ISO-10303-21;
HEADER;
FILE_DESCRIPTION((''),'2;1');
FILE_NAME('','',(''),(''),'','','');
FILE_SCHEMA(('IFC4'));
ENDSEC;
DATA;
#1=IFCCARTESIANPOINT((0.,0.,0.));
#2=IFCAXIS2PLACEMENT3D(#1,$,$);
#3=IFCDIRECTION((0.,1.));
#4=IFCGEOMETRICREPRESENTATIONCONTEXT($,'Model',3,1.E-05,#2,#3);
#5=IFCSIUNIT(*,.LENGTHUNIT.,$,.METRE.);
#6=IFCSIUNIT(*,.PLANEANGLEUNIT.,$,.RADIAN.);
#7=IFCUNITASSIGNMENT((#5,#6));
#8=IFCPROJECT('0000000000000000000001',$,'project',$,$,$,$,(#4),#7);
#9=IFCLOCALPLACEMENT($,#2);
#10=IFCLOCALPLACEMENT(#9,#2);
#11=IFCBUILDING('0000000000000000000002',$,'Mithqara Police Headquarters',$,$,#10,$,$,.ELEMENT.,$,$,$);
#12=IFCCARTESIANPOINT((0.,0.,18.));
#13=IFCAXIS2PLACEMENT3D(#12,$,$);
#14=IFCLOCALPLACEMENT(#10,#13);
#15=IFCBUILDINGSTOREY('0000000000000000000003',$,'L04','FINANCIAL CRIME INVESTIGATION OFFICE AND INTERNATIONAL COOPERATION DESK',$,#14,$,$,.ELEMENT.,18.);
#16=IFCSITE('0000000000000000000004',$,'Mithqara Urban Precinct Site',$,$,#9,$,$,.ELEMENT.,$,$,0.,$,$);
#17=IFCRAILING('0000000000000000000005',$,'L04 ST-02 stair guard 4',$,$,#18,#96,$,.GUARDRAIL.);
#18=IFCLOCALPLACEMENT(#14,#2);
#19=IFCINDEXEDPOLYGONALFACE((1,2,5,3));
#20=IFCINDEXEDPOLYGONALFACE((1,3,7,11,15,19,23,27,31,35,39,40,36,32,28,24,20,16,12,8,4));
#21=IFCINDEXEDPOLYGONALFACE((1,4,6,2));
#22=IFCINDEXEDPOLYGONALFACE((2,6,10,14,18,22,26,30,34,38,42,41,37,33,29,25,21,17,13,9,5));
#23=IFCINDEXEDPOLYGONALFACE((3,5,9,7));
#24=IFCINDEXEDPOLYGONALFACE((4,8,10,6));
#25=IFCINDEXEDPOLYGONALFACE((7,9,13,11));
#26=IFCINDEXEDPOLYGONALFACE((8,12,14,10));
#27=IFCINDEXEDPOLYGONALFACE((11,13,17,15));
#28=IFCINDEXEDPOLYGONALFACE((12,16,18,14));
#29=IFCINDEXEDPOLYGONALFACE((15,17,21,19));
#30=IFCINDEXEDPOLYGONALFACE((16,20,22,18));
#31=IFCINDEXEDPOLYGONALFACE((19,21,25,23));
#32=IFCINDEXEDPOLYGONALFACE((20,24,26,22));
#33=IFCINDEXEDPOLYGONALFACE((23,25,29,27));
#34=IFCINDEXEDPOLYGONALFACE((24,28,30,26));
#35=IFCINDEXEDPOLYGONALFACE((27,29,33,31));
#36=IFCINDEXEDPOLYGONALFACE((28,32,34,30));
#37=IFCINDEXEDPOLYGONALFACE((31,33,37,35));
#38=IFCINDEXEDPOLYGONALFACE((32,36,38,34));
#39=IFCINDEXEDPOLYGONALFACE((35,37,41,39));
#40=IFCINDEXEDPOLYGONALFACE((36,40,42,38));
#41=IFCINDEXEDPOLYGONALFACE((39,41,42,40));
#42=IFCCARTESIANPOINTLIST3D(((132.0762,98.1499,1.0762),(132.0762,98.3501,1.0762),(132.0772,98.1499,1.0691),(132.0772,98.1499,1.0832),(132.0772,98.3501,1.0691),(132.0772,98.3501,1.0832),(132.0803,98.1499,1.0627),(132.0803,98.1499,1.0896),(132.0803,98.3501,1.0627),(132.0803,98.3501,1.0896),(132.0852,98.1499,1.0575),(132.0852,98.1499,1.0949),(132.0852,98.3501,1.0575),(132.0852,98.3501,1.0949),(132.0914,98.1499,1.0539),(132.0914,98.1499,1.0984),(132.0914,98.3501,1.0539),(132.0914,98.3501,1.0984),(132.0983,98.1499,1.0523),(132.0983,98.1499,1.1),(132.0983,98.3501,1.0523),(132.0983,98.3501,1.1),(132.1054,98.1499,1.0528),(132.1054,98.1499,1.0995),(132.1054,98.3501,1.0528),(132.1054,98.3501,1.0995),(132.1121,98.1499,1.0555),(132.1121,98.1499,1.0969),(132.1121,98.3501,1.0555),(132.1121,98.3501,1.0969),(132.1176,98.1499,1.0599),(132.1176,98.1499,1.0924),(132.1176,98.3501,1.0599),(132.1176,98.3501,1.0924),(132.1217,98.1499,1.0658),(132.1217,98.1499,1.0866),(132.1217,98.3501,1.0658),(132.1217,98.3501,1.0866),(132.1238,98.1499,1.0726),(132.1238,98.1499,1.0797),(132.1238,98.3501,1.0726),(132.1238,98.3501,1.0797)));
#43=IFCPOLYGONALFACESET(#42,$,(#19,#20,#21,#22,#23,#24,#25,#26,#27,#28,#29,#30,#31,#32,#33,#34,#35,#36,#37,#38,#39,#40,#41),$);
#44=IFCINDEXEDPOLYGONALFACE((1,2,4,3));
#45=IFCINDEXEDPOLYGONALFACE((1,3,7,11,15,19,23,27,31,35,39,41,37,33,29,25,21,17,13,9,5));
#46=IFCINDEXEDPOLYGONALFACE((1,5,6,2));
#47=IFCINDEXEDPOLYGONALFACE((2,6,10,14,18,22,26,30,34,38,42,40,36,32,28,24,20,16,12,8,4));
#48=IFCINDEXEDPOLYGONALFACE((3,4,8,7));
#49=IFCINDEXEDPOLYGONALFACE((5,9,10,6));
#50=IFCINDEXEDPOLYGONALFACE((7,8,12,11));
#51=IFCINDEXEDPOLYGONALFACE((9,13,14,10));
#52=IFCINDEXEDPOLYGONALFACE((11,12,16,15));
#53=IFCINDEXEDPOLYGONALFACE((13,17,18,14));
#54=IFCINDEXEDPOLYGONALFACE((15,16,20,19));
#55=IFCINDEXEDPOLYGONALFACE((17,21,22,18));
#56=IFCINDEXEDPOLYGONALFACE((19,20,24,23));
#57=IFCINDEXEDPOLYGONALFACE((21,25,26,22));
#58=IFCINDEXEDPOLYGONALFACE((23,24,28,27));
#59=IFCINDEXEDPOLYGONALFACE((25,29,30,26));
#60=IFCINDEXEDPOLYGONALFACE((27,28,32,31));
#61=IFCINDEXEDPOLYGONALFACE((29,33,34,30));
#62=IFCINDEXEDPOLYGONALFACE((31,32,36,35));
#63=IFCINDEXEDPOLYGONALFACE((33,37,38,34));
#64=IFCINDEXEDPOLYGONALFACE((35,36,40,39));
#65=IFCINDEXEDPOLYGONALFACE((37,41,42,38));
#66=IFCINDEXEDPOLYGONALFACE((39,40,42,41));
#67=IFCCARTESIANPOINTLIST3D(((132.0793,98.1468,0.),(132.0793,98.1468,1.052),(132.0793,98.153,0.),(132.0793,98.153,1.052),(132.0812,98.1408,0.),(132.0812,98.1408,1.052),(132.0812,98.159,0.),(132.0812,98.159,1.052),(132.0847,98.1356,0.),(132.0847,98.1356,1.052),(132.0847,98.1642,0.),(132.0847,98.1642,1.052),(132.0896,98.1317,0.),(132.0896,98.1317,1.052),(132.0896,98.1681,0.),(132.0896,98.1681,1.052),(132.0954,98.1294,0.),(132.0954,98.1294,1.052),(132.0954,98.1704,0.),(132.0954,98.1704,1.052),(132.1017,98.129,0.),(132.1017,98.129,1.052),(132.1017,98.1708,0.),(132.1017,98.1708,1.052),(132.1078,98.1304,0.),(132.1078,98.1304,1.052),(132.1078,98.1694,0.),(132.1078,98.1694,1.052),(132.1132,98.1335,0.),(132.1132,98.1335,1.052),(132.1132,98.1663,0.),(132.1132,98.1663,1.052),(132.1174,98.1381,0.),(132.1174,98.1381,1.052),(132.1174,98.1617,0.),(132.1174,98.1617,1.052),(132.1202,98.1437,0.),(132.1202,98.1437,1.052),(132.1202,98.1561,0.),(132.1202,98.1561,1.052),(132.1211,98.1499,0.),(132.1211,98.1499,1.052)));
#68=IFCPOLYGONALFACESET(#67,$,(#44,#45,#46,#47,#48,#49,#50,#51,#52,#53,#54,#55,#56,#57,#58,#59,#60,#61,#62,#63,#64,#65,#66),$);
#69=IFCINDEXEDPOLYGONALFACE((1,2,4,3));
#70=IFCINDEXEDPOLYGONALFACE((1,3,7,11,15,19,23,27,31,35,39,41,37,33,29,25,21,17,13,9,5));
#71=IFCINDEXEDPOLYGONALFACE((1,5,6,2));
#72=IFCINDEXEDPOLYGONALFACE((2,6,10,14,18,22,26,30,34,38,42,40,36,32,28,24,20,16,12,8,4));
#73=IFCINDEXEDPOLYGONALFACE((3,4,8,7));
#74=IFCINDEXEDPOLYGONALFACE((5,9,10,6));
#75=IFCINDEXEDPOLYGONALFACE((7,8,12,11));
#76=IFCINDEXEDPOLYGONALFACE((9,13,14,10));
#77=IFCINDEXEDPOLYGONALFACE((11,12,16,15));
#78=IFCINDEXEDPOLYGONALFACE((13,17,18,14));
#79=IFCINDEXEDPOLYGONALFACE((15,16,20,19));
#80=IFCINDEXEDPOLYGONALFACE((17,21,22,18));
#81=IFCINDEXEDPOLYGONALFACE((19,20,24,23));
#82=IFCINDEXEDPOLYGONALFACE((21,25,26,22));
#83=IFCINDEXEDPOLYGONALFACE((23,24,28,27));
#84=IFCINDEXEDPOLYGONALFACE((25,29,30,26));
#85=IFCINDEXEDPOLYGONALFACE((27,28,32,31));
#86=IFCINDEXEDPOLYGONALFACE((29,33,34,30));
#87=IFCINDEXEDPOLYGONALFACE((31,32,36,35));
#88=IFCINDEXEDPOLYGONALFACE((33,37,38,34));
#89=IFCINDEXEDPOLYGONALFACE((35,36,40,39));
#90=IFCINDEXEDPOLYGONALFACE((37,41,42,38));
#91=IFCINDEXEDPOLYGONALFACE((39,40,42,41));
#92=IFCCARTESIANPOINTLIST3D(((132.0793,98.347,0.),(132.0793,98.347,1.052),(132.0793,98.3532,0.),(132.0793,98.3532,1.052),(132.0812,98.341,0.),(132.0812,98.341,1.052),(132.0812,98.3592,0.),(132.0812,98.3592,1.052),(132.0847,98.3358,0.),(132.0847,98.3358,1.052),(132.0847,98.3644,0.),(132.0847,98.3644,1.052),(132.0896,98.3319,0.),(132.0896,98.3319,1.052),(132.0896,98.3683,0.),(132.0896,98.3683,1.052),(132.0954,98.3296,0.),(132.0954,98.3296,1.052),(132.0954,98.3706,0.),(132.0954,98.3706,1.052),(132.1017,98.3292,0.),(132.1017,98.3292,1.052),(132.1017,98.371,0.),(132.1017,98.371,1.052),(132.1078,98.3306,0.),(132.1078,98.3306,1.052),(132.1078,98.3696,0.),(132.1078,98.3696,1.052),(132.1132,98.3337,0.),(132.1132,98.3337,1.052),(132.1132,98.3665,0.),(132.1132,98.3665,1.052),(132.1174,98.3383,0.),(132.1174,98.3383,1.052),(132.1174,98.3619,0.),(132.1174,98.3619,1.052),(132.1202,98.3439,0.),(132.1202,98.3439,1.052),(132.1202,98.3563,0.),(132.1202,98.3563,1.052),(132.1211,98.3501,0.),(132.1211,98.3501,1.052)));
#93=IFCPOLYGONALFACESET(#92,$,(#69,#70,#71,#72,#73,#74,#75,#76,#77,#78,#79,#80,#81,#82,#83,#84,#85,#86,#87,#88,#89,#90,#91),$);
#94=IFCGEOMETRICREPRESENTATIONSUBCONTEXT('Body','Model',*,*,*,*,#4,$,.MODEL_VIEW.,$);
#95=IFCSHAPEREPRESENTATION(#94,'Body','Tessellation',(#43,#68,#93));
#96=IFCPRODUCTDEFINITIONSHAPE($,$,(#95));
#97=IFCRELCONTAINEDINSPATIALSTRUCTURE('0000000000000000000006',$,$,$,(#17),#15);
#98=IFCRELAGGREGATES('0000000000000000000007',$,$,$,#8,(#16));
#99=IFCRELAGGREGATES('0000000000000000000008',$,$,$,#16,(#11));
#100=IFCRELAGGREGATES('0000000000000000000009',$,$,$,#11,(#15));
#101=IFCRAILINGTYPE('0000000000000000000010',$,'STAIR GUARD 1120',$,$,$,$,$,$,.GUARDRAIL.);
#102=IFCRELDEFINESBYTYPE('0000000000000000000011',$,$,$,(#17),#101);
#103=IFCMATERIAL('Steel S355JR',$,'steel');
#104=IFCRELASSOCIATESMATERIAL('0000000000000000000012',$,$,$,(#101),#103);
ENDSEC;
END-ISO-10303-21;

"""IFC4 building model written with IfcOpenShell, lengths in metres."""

from ifc_helpers import new_model, si_unit, direction, frame, origin, origin_2d, place, context, subcontext, project, spatial, circle, extrude, material, type_object, element, save


model = new_model("IFC4")

# Units and contexts
model_context = context("Model", 3, precision=1e-05, world=origin(), true_north=direction((0.0, 1.0)))
body_context = subcontext(model_context, "Body", "Model", "MODEL_VIEW")
ifc_project = project(units=[si_unit("LENGTHUNIT", "METRE"), si_unit("PLANEANGLEUNIT", "RADIAN")], contexts=[model_context])

# Site, building, storey
site_placement = place(None, origin())
site = spatial("IfcSite", under=ifc_project, at=site_placement, Name="Mithqara Urban Precinct Site", CompositionType="ELEMENT", RefElevation=0.0)
building_placement = place(site_placement, origin())
building = spatial("IfcBuilding", under=site, at=building_placement, Name="Mithqara Police Headquarters", CompositionType="ELEMENT")
storey_placement = place(building_placement, frame((0.0, 0.0, 18.0)))
storey = spatial("IfcBuildingStorey", under=building, at=storey_placement, Name="L04", Description="FINANCIAL CRIME INVESTIGATION OFFICE AND INTERNATIONAL COOPERATION DESK", CompositionType="ELEMENT", Elevation=18.0)

# Shared definitions
ifc_material_1 = material(Name="Steel S355JR", Category="steel")

# Railing
railing_type_1 = type_object("IfcRailingType", Name="STAIR GUARD 1120", PredefinedType="GUARDRAIL", material=ifc_material_1)
railing_1_placement = place(storey_placement, frame((132.1001, 98.1499, 0.0)))
element("IfcRailing", 1, at=railing_1_placement, inside=storey, type_object=railing_type_1, Name="L04 ST-02 stair guard 4", PredefinedType="GUARDRAIL", context=body_context, shape_type="SweptSolid", body=[
    extrude(circle(Radius=0.0239, at=origin_2d()), frame((0.0, 0.0, 1.0762), z_axis=(0.0, 1.0, 0.0), x_axis=(-1.0, 0.0, 0.0)), (0.0, 0.0, 1.0), 0.2002),
    extrude(circle(Radius=0.021, at=origin_2d()), origin(), (0.0, 0.0, 1.0), 1.052),
    extrude(circle(Radius=0.021, at=origin_2d()), frame((0.0, 0.2002, 0.0)), (0.0, 0.0, 1.0), 1.052),
])

save(model, "model.ifc")
